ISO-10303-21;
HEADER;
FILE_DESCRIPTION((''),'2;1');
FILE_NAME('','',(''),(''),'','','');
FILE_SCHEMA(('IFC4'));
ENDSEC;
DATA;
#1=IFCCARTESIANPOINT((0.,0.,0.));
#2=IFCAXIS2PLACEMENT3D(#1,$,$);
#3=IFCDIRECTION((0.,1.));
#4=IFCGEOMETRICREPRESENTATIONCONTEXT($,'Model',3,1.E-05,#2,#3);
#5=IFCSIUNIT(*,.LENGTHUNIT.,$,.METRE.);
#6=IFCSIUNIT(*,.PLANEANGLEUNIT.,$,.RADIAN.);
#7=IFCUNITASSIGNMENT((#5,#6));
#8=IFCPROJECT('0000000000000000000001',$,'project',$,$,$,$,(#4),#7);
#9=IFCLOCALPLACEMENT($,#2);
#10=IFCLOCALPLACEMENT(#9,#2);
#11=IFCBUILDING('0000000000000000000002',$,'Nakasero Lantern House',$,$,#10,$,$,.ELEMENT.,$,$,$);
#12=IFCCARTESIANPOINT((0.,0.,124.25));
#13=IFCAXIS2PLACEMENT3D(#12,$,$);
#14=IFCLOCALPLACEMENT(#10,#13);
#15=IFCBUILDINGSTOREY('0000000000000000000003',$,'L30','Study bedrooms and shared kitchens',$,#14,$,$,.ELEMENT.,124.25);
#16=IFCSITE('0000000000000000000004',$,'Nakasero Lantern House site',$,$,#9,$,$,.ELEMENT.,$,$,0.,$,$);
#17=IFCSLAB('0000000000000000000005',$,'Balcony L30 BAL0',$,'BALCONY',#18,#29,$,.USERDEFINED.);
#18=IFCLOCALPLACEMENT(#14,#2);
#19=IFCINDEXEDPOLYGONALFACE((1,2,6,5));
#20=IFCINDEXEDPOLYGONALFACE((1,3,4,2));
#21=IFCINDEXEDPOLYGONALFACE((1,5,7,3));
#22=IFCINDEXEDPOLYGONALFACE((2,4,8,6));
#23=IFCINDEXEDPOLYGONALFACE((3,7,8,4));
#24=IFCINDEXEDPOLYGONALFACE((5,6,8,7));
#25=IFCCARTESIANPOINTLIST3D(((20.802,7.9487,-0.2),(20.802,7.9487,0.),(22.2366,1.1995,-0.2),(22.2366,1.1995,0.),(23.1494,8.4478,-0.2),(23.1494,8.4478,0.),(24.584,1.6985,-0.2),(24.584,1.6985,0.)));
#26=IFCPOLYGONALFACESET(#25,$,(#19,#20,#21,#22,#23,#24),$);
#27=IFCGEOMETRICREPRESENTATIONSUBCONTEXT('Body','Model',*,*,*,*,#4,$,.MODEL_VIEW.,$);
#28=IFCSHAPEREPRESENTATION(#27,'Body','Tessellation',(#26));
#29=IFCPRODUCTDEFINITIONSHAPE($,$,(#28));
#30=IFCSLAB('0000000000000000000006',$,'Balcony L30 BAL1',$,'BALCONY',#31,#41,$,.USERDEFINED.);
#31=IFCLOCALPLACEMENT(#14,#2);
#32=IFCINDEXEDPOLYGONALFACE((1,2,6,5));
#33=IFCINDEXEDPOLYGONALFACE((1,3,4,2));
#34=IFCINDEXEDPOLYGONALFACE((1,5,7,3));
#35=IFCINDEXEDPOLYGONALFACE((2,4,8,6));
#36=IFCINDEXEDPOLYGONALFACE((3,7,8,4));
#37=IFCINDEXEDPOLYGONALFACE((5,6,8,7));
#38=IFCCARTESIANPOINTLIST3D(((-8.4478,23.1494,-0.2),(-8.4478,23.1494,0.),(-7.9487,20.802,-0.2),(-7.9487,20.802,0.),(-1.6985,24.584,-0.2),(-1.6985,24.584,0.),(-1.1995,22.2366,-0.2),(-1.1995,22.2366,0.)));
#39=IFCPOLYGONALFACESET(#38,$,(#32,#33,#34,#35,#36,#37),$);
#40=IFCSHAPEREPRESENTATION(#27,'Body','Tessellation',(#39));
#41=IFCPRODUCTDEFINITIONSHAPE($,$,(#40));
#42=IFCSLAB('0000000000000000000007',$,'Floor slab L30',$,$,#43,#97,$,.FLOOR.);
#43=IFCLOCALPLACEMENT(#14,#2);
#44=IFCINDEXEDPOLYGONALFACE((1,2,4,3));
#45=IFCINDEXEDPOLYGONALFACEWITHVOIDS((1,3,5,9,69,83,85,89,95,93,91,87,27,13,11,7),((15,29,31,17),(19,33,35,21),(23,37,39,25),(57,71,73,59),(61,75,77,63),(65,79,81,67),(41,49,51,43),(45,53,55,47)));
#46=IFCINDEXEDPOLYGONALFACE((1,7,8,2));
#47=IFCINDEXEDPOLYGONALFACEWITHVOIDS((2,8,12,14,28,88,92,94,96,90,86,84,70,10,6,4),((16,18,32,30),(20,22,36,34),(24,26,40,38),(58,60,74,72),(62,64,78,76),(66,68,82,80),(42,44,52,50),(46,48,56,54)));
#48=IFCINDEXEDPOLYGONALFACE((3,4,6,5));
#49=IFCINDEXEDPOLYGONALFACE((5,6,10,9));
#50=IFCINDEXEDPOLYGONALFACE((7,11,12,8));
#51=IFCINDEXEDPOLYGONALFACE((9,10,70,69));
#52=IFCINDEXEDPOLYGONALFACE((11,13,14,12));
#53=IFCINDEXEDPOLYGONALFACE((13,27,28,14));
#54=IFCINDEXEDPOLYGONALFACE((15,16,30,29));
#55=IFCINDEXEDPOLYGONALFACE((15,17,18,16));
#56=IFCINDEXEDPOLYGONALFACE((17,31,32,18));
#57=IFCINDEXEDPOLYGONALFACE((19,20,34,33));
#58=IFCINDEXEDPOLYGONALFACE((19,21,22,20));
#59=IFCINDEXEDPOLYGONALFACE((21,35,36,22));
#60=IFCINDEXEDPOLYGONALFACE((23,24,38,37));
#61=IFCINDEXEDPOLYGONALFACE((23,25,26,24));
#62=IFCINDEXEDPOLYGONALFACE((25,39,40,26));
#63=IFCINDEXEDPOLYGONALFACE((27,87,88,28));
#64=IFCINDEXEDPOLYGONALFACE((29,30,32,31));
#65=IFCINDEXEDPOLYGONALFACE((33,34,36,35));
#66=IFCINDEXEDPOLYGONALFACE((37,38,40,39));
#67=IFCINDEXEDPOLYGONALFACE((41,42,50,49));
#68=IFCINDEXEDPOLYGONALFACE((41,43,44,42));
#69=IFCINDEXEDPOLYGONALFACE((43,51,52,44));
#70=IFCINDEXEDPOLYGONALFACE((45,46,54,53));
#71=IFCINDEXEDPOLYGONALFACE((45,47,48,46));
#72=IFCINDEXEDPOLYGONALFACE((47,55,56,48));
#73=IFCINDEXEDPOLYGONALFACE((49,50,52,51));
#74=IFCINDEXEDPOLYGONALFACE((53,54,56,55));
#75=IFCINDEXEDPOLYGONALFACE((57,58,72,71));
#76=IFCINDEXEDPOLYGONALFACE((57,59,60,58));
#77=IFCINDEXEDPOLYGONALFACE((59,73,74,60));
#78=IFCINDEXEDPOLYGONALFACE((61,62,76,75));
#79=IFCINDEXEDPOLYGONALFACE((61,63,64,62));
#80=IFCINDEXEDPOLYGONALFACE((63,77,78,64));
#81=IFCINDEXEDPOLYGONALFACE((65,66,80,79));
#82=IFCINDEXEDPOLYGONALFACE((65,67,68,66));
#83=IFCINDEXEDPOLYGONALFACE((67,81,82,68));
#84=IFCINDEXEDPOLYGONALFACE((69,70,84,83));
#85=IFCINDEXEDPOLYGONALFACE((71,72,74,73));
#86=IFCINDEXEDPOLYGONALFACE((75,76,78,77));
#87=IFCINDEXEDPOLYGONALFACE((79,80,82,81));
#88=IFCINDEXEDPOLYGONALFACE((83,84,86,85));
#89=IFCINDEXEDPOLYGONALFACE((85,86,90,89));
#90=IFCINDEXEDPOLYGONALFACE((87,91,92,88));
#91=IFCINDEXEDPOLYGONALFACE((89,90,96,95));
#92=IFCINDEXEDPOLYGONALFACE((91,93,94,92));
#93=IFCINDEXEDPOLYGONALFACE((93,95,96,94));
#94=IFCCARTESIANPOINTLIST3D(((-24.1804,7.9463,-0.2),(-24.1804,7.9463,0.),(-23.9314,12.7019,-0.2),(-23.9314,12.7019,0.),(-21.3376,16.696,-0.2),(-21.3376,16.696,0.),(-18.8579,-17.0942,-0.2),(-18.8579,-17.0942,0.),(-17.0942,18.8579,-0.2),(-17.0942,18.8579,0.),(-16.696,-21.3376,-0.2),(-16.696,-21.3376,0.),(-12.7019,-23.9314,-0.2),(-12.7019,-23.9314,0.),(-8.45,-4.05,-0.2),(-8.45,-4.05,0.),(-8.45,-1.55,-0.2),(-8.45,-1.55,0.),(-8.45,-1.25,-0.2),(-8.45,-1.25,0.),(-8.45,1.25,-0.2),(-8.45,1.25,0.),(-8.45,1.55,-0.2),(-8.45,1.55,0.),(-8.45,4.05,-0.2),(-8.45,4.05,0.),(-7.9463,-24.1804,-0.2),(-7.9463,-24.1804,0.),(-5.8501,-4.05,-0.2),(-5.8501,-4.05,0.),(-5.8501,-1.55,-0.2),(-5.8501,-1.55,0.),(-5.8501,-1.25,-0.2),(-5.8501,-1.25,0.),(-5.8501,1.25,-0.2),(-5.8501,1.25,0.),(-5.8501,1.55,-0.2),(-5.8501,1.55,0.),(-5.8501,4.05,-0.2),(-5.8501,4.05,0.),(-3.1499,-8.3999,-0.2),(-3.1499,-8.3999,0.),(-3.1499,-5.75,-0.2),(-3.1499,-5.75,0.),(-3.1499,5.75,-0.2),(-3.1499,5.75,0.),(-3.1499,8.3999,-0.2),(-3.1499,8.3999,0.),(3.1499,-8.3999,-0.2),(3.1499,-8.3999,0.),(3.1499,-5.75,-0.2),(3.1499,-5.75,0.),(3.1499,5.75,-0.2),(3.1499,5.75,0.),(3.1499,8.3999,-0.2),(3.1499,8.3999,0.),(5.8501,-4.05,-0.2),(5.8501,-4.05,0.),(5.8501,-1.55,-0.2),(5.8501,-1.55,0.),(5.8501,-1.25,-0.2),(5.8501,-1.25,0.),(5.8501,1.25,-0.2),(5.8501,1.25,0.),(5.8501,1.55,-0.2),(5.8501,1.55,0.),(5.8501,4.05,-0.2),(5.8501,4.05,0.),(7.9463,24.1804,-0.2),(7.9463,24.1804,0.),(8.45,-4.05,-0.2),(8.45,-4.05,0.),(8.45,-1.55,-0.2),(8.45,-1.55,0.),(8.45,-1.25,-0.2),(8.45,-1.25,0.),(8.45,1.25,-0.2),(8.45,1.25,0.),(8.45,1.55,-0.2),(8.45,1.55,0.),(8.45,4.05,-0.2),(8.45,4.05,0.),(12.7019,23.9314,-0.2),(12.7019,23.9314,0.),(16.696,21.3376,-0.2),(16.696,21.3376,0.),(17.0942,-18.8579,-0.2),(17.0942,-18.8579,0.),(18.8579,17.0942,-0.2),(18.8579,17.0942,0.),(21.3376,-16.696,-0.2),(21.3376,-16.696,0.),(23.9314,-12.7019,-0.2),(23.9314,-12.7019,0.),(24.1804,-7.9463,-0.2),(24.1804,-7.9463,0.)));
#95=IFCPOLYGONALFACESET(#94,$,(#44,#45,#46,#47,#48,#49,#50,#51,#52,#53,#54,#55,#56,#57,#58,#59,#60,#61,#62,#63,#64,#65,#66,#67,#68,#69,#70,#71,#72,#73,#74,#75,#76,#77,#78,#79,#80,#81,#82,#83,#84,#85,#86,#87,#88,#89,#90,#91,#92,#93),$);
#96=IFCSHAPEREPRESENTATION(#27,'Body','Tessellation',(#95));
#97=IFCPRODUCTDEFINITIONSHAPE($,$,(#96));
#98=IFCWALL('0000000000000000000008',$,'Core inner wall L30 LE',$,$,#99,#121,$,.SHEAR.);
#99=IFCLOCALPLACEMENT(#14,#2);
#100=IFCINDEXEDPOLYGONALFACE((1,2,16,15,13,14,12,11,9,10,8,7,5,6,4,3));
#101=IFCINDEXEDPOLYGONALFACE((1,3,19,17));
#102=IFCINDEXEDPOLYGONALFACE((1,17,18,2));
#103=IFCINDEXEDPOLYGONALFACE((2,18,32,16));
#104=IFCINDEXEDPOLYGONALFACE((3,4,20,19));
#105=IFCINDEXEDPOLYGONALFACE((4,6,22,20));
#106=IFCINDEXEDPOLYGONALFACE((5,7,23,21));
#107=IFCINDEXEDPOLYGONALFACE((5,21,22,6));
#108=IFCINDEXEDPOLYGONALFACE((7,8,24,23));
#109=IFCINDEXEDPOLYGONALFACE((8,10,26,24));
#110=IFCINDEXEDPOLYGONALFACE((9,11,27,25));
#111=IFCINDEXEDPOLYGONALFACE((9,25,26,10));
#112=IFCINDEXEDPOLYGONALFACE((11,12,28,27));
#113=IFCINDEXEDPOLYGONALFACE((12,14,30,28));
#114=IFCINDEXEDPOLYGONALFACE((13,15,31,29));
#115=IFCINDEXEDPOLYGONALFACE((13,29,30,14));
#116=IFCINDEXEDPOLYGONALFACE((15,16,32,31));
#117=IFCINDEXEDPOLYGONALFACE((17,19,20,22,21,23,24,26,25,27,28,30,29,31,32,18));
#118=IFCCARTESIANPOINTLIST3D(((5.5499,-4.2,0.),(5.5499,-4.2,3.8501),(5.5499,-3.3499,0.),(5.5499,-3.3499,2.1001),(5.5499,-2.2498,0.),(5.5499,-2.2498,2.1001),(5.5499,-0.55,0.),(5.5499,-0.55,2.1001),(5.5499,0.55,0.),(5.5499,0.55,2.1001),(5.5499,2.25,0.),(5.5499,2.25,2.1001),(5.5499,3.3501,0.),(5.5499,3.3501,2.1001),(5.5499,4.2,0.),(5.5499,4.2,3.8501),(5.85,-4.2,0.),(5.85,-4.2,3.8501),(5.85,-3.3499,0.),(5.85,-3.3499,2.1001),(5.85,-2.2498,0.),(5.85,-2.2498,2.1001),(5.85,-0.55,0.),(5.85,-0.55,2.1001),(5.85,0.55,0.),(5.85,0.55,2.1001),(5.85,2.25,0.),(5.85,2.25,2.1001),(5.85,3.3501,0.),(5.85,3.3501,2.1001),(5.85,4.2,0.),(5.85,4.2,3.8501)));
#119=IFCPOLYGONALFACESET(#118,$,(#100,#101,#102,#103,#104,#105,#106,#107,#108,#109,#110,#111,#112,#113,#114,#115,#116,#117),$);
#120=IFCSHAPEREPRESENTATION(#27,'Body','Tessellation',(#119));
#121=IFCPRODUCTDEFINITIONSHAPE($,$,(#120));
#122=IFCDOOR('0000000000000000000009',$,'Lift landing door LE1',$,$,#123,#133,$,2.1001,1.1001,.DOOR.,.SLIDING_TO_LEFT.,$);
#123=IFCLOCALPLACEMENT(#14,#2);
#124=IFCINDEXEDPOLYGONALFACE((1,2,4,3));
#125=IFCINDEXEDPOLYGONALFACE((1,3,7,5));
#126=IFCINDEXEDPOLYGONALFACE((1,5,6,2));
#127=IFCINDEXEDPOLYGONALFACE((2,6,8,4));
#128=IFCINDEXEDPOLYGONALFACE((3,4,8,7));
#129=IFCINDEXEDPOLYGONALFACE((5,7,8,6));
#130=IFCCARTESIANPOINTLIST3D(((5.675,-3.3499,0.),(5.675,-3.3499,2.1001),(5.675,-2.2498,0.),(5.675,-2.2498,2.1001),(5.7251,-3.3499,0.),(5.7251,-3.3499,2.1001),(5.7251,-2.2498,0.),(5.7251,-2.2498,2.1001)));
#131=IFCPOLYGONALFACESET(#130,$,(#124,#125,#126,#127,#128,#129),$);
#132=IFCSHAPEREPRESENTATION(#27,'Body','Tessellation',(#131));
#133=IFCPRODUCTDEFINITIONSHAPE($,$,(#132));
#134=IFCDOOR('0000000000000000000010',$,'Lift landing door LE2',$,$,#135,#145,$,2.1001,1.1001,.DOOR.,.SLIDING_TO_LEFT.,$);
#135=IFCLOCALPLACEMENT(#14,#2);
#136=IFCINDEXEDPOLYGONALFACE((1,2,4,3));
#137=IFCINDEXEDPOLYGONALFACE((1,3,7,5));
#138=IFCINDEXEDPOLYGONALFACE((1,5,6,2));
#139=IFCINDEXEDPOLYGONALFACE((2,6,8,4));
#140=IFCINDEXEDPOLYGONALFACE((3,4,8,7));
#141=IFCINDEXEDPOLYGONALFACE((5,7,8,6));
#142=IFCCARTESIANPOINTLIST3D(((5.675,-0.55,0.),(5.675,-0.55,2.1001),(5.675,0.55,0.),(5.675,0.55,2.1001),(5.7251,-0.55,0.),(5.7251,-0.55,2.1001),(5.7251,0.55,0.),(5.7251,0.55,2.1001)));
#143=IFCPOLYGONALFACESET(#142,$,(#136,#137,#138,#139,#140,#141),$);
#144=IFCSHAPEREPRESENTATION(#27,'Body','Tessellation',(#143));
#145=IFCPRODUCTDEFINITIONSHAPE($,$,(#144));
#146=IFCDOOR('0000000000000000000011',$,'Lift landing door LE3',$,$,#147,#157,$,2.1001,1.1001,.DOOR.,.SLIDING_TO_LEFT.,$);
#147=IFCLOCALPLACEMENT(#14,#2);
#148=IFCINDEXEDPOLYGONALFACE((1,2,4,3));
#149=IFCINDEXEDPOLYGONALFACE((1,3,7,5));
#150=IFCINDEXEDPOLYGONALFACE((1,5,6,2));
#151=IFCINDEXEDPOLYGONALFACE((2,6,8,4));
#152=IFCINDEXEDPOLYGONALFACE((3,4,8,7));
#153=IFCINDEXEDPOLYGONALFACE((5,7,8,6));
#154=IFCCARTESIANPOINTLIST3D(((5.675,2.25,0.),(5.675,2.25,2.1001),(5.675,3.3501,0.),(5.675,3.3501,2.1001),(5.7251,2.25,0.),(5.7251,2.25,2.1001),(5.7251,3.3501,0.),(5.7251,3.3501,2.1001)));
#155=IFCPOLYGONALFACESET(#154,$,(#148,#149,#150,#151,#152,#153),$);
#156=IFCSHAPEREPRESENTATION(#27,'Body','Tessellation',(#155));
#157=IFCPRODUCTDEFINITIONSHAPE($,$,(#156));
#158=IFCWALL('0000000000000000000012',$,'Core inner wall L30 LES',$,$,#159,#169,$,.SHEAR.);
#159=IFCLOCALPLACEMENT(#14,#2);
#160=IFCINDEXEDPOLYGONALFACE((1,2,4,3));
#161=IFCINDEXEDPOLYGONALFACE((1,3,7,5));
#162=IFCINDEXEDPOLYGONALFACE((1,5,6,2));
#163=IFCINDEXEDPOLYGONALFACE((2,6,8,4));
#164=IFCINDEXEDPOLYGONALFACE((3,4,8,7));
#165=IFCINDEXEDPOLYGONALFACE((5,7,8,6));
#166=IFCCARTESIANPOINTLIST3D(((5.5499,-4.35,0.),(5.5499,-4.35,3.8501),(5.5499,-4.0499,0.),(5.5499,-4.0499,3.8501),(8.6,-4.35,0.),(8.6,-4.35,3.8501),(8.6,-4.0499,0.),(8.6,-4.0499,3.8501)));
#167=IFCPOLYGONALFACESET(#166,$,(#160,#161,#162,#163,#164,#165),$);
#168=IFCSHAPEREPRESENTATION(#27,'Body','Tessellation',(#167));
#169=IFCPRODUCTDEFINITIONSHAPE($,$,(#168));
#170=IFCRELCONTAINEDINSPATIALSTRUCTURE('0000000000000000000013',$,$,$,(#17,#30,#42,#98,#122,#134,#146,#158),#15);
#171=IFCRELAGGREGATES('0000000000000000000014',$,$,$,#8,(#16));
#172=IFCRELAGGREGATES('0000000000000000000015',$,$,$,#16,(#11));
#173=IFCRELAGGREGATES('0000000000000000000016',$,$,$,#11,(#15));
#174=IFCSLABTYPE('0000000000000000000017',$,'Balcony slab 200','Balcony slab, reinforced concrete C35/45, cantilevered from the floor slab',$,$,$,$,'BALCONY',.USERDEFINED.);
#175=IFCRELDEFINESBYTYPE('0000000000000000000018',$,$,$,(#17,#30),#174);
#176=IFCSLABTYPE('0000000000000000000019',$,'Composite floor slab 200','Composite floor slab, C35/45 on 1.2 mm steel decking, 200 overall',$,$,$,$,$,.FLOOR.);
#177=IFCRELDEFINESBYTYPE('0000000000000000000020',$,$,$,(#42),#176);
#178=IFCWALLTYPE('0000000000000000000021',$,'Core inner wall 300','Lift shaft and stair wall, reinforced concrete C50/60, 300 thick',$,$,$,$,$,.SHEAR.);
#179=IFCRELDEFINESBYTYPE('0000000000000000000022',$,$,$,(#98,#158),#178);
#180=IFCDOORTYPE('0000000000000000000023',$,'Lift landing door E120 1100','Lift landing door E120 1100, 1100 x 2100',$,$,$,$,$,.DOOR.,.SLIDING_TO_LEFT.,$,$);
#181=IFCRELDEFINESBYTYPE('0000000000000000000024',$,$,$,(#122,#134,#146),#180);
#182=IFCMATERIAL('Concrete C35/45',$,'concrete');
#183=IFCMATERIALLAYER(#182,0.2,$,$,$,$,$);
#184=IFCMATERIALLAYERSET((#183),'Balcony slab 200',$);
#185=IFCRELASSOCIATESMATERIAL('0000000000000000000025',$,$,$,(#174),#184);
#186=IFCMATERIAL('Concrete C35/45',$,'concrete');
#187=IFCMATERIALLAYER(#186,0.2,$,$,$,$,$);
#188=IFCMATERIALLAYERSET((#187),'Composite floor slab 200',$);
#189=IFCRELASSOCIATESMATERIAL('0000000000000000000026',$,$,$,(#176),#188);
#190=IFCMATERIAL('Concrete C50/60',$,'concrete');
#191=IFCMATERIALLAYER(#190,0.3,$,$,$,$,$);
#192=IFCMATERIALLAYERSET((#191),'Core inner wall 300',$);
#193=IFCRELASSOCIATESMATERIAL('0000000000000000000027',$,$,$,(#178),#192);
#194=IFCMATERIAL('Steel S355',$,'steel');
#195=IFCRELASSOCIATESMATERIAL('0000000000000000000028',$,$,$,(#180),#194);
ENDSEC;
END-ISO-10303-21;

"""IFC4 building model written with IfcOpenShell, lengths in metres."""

from ifc_helpers import new_model, si_unit, direction, frame, frame_2d, origin, place, context, subcontext, project, spatial, polyline, rectangle, outline, extrude, material, layer, layer_set, type_object, element, fill, save


model = new_model("IFC4")

# Units and contexts
model_context = context("Model", 3, precision=1e-05, world=origin(), true_north=direction((0.0, 1.0)))
body_context = subcontext(model_context, "Body", "Model", "MODEL_VIEW")
ifc_project = project(units=[si_unit("LENGTHUNIT", "METRE"), si_unit("PLANEANGLEUNIT", "RADIAN")], contexts=[model_context])

# Site, building, storey
site_placement = place(None, origin())
site = spatial("IfcSite", under=ifc_project, at=site_placement, Name="Nakasero Lantern House site", CompositionType="ELEMENT", RefElevation=0.0)
building_placement = place(site_placement, origin())
building = spatial("IfcBuilding", under=site, at=building_placement, Name="Nakasero Lantern House", CompositionType="ELEMENT")
storey_placement = place(building_placement, frame((0.0, 0.0, 124.25)))
storey = spatial("IfcBuildingStorey", under=building, at=storey_placement, Name="L30", Description="Study bedrooms and shared kitchens", CompositionType="ELEMENT", Elevation=124.25)

# Slabs
ifc_material_1 = material(Name="Concrete C35/45", Category="concrete")
ifc_layer_1 = layer(ifc_material_1, 0.2)
ifc_layer_set_1 = layer_set([ifc_layer_1], Name="Balcony slab 200")
slab_type_1 = type_object("IfcSlabType", Name="Balcony slab 200", Description="Balcony slab, reinforced concrete C35/45, cantilevered from the floor slab", ElementType="BALCONY", PredefinedType="USERDEFINED", material=ifc_layer_set_1)
slab_1_placement = place(storey_placement, frame((0.0, 0.0, -0.2)))
element("IfcSlab", 1, at=slab_1_placement, inside=storey, type_object=slab_type_1, Name="Balcony L30 BAL0", ObjectType="BALCONY", PredefinedType="USERDEFINED", context=body_context, shape_type="SweptSolid", body=[
    extrude(outline(polyline([(22.2366, 1.1995), (24.584, 1.6985), (23.1494, 8.4478), (20.802, 7.9487), (22.2366, 1.1995)])), origin(), (0.0, 0.0, 1.0), 0.2),
])
slab_2_placement = place(storey_placement, frame((0.0, 0.0, -0.2)))
element("IfcSlab", 2, at=slab_2_placement, inside=storey, type_object=slab_type_1, Name="Balcony L30 BAL1", ObjectType="BALCONY", PredefinedType="USERDEFINED", context=body_context, shape_type="SweptSolid", body=[
    extrude(outline(polyline([(-1.1995, 22.2366), (-1.6985, 24.584), (-8.4478, 23.1494), (-7.9487, 20.802), (-1.1995, 22.2366)])), origin(), (0.0, 0.0, 1.0), 0.2),
])
ifc_material_2 = material(Name="Concrete C35/45", Category="concrete")
ifc_layer_2 = layer(ifc_material_2, 0.2)
ifc_layer_set_2 = layer_set([ifc_layer_2], Name="Composite floor slab 200")
slab_type_2 = type_object("IfcSlabType", Name="Composite floor slab 200", Description="Composite floor slab, C35/45 on 1.2 mm steel decking, 200 overall", PredefinedType="FLOOR", material=ifc_layer_set_2)
slab_3_placement = place(storey_placement, frame((0.0, 0.0, -0.2)))
element("IfcSlab", 3, at=slab_3_placement, inside=storey, type_object=slab_type_2, Name="Floor slab L30", PredefinedType="FLOOR", context=body_context, shape_type="SweptSolid", body=[
    extrude(outline(polyline([(18.8579, 17.0942), (16.696, 21.3376), (12.7019, 23.9314), (7.9463, 24.1804), (-17.0942, 18.8579), (-21.3376, 16.696), (-23.9314, 12.7019), (-24.1804, 7.9463), (-18.8579, -17.0942), (-16.696, -21.3376), (-12.7019, -23.9314), (-7.9463, -24.1804), (17.0942, -18.8579), (21.3376, -16.696), (23.9314, -12.7019), (24.1804, -7.9463), (18.8579, 17.0942)]), holes=[polyline([(-8.45, -4.05), (-5.8501, -4.05), (-5.8501, -1.55), (-8.45, -1.55), (-8.45, -4.05)]), polyline([(-8.45, -1.25), (-5.8501, -1.25), (-5.8501, 1.25), (-8.45, 1.25), (-8.45, -1.25)]), polyline([(-8.45, 1.55), (-5.8501, 1.55), (-5.8501, 4.05), (-8.45, 4.05), (-8.45, 1.55)]), polyline([(5.8501, -4.05), (8.45, -4.05), (8.45, -1.55), (5.8501, -1.55), (5.8501, -4.05)]), polyline([(5.8501, -1.25), (8.45, -1.25), (8.45, 1.25), (5.8501, 1.25), (5.8501, -1.25)]), polyline([(5.8501, 1.55), (8.45, 1.55), (8.45, 4.05), (5.8501, 4.05), (5.8501, 1.55)]), polyline([(-3.1499, 5.75), (3.1499, 5.75), (3.1499, 8.3999), (-3.1499, 8.3999), (-3.1499, 5.75)]), polyline([(-3.1499, -8.3999), (3.1499, -8.3999), (3.1499, -5.75), (-3.1499, -5.75), (-3.1499, -8.3999)])]), origin(), (0.0, 0.0, 1.0), 0.2),
])

# Wall, openings, doors
ifc_material_3 = material(Name="Concrete C50/60", Category="concrete")
ifc_layer_3 = layer(ifc_material_3, 0.3)
ifc_layer_set_3 = layer_set([ifc_layer_3], Name="Core inner wall 300")
wall_type_1 = type_object("IfcWallType", Name="Core inner wall 300", Description="Lift shaft and stair wall, reinforced concrete C50/60, 300 thick", PredefinedType="SHEAR", material=ifc_layer_set_3)
wall_1_placement = place(storey_placement, frame((5.7, -4.2, 0.0), z_axis=(0.0, 0.0, 1.0), x_axis=(0.0, 1.0, 0.0)))
wall_1 = element("IfcWall", 4, at=wall_1_placement, inside=storey, type_object=wall_type_1, Name="Core inner wall L30 LE", PredefinedType="SHEAR", context=body_context, shape_type="SweptSolid", body=[
    extrude(rectangle(XDim=8.3999, YDim=0.3, at=frame_2d((4.2, 0.0))), origin(), (0.0, 0.0, 1.0), 3.8501),
])
opening_1_placement = place(wall_1_placement, frame((0.8501, 0.0, 0.0)))
opening_1 = element("IfcOpeningElement", 5, at=opening_1_placement, cuts=wall_1, PredefinedType="OPENING", context=body_context, shape_type="SweptSolid", body=[
    extrude(rectangle(XDim=1.1001, YDim=2.1001, at=frame_2d((0.55, 1.05))), frame((0.0, 0.1699, 0.0), z_axis=(0.0, -1.0, 0.0), x_axis=(1.0, 0.0, 0.0)), (0.0, 0.0, 1.0), 0.3401),
])
opening_2_placement = place(wall_1_placement, frame((3.6499, 0.0, 0.0)))
opening_2 = element("IfcOpeningElement", 6, at=opening_2_placement, cuts=wall_1, PredefinedType="OPENING", context=body_context, shape_type="SweptSolid", body=[
    extrude(rectangle(XDim=1.1001, YDim=2.1001, at=frame_2d((0.55, 1.05))), frame((0.0, 0.1699, 0.0), z_axis=(0.0, -1.0, 0.0), x_axis=(1.0, 0.0, 0.0)), (0.0, 0.0, 1.0), 0.3401),
])
opening_3_placement = place(wall_1_placement, frame((6.45, 0.0, 0.0)))
opening_3 = element("IfcOpeningElement", 7, at=opening_3_placement, cuts=wall_1, PredefinedType="OPENING", context=body_context, shape_type="SweptSolid", body=[
    extrude(rectangle(XDim=1.1001, YDim=2.1001, at=frame_2d((0.55, 1.05))), frame((0.0, 0.1699, 0.0), z_axis=(0.0, -1.0, 0.0), x_axis=(1.0, 0.0, 0.0)), (0.0, 0.0, 1.0), 0.3401),
])
ifc_material_4 = material(Name="Steel S355", Category="steel")
door_type_1 = type_object("IfcDoorType", Name="Lift landing door E120 1100", Description="Lift landing door E120 1100, 1100 x 2100", OperationType="SLIDING_TO_LEFT", PredefinedType="DOOR", material=ifc_material_4)
door_1_placement = place(opening_1_placement, origin())
door_1 = element("IfcDoor", 8, at=door_1_placement, inside=storey, type_object=door_type_1, Name="Lift landing door LE1", OperationType="SLIDING_TO_LEFT", OverallHeight=2.1001, OverallWidth=1.1001, PredefinedType="DOOR", context=body_context, shape_type="SweptSolid", body=[
    extrude(rectangle(XDim=1.1001, YDim=2.1001, at=frame_2d((0.55, 1.05))), frame((0.0, 0.0249, 0.0), z_axis=(0.0, -1.0, 0.0), x_axis=(1.0, 0.0, 0.0)), (0.0, 0.0, 1.0), 0.05),
])
fill(opening_1, door_1)
door_2_placement = place(opening_2_placement, origin())
door_2 = element("IfcDoor", 9, at=door_2_placement, inside=storey, type_object=door_type_1, Name="Lift landing door LE2", OperationType="SLIDING_TO_LEFT", OverallHeight=2.1001, OverallWidth=1.1001, PredefinedType="DOOR", context=body_context, shape_type="SweptSolid", body=[
    extrude(rectangle(XDim=1.1001, YDim=2.1001, at=frame_2d((0.55, 1.05))), frame((0.0, 0.0249, 0.0), z_axis=(0.0, -1.0, 0.0), x_axis=(1.0, 0.0, 0.0)), (0.0, 0.0, 1.0), 0.05),
])
fill(opening_2, door_2)
door_3_placement = place(opening_3_placement, origin())
door_3 = element("IfcDoor", 10, at=door_3_placement, inside=storey, type_object=door_type_1, Name="Lift landing door LE3", OperationType="SLIDING_TO_LEFT", OverallHeight=2.1001, OverallWidth=1.1001, PredefinedType="DOOR", context=body_context, shape_type="SweptSolid", body=[
    extrude(rectangle(XDim=1.1001, YDim=2.1001, at=frame_2d((0.55, 1.05))), frame((0.0, 0.0249, 0.0), z_axis=(0.0, -1.0, 0.0), x_axis=(1.0, 0.0, 0.0)), (0.0, 0.0, 1.0), 0.05),
])
fill(opening_3, door_3)

# Wall
wall_2_placement = place(storey_placement, frame((5.55, -4.2, 0.0), z_axis=(0.0, 0.0, 1.0), x_axis=(1.0, 0.0, 0.0)))
element("IfcWall", 11, at=wall_2_placement, inside=storey, type_object=wall_type_1, Name="Core inner wall L30 LES", PredefinedType="SHEAR", context=body_context, shape_type="SweptSolid", body=[
    extrude(rectangle(XDim=3.05, YDim=0.3, at=frame_2d((1.5249, 0.0))), origin(), (0.0, 0.0, 1.0), 3.8501),
])

save(model, "model.ifc")
